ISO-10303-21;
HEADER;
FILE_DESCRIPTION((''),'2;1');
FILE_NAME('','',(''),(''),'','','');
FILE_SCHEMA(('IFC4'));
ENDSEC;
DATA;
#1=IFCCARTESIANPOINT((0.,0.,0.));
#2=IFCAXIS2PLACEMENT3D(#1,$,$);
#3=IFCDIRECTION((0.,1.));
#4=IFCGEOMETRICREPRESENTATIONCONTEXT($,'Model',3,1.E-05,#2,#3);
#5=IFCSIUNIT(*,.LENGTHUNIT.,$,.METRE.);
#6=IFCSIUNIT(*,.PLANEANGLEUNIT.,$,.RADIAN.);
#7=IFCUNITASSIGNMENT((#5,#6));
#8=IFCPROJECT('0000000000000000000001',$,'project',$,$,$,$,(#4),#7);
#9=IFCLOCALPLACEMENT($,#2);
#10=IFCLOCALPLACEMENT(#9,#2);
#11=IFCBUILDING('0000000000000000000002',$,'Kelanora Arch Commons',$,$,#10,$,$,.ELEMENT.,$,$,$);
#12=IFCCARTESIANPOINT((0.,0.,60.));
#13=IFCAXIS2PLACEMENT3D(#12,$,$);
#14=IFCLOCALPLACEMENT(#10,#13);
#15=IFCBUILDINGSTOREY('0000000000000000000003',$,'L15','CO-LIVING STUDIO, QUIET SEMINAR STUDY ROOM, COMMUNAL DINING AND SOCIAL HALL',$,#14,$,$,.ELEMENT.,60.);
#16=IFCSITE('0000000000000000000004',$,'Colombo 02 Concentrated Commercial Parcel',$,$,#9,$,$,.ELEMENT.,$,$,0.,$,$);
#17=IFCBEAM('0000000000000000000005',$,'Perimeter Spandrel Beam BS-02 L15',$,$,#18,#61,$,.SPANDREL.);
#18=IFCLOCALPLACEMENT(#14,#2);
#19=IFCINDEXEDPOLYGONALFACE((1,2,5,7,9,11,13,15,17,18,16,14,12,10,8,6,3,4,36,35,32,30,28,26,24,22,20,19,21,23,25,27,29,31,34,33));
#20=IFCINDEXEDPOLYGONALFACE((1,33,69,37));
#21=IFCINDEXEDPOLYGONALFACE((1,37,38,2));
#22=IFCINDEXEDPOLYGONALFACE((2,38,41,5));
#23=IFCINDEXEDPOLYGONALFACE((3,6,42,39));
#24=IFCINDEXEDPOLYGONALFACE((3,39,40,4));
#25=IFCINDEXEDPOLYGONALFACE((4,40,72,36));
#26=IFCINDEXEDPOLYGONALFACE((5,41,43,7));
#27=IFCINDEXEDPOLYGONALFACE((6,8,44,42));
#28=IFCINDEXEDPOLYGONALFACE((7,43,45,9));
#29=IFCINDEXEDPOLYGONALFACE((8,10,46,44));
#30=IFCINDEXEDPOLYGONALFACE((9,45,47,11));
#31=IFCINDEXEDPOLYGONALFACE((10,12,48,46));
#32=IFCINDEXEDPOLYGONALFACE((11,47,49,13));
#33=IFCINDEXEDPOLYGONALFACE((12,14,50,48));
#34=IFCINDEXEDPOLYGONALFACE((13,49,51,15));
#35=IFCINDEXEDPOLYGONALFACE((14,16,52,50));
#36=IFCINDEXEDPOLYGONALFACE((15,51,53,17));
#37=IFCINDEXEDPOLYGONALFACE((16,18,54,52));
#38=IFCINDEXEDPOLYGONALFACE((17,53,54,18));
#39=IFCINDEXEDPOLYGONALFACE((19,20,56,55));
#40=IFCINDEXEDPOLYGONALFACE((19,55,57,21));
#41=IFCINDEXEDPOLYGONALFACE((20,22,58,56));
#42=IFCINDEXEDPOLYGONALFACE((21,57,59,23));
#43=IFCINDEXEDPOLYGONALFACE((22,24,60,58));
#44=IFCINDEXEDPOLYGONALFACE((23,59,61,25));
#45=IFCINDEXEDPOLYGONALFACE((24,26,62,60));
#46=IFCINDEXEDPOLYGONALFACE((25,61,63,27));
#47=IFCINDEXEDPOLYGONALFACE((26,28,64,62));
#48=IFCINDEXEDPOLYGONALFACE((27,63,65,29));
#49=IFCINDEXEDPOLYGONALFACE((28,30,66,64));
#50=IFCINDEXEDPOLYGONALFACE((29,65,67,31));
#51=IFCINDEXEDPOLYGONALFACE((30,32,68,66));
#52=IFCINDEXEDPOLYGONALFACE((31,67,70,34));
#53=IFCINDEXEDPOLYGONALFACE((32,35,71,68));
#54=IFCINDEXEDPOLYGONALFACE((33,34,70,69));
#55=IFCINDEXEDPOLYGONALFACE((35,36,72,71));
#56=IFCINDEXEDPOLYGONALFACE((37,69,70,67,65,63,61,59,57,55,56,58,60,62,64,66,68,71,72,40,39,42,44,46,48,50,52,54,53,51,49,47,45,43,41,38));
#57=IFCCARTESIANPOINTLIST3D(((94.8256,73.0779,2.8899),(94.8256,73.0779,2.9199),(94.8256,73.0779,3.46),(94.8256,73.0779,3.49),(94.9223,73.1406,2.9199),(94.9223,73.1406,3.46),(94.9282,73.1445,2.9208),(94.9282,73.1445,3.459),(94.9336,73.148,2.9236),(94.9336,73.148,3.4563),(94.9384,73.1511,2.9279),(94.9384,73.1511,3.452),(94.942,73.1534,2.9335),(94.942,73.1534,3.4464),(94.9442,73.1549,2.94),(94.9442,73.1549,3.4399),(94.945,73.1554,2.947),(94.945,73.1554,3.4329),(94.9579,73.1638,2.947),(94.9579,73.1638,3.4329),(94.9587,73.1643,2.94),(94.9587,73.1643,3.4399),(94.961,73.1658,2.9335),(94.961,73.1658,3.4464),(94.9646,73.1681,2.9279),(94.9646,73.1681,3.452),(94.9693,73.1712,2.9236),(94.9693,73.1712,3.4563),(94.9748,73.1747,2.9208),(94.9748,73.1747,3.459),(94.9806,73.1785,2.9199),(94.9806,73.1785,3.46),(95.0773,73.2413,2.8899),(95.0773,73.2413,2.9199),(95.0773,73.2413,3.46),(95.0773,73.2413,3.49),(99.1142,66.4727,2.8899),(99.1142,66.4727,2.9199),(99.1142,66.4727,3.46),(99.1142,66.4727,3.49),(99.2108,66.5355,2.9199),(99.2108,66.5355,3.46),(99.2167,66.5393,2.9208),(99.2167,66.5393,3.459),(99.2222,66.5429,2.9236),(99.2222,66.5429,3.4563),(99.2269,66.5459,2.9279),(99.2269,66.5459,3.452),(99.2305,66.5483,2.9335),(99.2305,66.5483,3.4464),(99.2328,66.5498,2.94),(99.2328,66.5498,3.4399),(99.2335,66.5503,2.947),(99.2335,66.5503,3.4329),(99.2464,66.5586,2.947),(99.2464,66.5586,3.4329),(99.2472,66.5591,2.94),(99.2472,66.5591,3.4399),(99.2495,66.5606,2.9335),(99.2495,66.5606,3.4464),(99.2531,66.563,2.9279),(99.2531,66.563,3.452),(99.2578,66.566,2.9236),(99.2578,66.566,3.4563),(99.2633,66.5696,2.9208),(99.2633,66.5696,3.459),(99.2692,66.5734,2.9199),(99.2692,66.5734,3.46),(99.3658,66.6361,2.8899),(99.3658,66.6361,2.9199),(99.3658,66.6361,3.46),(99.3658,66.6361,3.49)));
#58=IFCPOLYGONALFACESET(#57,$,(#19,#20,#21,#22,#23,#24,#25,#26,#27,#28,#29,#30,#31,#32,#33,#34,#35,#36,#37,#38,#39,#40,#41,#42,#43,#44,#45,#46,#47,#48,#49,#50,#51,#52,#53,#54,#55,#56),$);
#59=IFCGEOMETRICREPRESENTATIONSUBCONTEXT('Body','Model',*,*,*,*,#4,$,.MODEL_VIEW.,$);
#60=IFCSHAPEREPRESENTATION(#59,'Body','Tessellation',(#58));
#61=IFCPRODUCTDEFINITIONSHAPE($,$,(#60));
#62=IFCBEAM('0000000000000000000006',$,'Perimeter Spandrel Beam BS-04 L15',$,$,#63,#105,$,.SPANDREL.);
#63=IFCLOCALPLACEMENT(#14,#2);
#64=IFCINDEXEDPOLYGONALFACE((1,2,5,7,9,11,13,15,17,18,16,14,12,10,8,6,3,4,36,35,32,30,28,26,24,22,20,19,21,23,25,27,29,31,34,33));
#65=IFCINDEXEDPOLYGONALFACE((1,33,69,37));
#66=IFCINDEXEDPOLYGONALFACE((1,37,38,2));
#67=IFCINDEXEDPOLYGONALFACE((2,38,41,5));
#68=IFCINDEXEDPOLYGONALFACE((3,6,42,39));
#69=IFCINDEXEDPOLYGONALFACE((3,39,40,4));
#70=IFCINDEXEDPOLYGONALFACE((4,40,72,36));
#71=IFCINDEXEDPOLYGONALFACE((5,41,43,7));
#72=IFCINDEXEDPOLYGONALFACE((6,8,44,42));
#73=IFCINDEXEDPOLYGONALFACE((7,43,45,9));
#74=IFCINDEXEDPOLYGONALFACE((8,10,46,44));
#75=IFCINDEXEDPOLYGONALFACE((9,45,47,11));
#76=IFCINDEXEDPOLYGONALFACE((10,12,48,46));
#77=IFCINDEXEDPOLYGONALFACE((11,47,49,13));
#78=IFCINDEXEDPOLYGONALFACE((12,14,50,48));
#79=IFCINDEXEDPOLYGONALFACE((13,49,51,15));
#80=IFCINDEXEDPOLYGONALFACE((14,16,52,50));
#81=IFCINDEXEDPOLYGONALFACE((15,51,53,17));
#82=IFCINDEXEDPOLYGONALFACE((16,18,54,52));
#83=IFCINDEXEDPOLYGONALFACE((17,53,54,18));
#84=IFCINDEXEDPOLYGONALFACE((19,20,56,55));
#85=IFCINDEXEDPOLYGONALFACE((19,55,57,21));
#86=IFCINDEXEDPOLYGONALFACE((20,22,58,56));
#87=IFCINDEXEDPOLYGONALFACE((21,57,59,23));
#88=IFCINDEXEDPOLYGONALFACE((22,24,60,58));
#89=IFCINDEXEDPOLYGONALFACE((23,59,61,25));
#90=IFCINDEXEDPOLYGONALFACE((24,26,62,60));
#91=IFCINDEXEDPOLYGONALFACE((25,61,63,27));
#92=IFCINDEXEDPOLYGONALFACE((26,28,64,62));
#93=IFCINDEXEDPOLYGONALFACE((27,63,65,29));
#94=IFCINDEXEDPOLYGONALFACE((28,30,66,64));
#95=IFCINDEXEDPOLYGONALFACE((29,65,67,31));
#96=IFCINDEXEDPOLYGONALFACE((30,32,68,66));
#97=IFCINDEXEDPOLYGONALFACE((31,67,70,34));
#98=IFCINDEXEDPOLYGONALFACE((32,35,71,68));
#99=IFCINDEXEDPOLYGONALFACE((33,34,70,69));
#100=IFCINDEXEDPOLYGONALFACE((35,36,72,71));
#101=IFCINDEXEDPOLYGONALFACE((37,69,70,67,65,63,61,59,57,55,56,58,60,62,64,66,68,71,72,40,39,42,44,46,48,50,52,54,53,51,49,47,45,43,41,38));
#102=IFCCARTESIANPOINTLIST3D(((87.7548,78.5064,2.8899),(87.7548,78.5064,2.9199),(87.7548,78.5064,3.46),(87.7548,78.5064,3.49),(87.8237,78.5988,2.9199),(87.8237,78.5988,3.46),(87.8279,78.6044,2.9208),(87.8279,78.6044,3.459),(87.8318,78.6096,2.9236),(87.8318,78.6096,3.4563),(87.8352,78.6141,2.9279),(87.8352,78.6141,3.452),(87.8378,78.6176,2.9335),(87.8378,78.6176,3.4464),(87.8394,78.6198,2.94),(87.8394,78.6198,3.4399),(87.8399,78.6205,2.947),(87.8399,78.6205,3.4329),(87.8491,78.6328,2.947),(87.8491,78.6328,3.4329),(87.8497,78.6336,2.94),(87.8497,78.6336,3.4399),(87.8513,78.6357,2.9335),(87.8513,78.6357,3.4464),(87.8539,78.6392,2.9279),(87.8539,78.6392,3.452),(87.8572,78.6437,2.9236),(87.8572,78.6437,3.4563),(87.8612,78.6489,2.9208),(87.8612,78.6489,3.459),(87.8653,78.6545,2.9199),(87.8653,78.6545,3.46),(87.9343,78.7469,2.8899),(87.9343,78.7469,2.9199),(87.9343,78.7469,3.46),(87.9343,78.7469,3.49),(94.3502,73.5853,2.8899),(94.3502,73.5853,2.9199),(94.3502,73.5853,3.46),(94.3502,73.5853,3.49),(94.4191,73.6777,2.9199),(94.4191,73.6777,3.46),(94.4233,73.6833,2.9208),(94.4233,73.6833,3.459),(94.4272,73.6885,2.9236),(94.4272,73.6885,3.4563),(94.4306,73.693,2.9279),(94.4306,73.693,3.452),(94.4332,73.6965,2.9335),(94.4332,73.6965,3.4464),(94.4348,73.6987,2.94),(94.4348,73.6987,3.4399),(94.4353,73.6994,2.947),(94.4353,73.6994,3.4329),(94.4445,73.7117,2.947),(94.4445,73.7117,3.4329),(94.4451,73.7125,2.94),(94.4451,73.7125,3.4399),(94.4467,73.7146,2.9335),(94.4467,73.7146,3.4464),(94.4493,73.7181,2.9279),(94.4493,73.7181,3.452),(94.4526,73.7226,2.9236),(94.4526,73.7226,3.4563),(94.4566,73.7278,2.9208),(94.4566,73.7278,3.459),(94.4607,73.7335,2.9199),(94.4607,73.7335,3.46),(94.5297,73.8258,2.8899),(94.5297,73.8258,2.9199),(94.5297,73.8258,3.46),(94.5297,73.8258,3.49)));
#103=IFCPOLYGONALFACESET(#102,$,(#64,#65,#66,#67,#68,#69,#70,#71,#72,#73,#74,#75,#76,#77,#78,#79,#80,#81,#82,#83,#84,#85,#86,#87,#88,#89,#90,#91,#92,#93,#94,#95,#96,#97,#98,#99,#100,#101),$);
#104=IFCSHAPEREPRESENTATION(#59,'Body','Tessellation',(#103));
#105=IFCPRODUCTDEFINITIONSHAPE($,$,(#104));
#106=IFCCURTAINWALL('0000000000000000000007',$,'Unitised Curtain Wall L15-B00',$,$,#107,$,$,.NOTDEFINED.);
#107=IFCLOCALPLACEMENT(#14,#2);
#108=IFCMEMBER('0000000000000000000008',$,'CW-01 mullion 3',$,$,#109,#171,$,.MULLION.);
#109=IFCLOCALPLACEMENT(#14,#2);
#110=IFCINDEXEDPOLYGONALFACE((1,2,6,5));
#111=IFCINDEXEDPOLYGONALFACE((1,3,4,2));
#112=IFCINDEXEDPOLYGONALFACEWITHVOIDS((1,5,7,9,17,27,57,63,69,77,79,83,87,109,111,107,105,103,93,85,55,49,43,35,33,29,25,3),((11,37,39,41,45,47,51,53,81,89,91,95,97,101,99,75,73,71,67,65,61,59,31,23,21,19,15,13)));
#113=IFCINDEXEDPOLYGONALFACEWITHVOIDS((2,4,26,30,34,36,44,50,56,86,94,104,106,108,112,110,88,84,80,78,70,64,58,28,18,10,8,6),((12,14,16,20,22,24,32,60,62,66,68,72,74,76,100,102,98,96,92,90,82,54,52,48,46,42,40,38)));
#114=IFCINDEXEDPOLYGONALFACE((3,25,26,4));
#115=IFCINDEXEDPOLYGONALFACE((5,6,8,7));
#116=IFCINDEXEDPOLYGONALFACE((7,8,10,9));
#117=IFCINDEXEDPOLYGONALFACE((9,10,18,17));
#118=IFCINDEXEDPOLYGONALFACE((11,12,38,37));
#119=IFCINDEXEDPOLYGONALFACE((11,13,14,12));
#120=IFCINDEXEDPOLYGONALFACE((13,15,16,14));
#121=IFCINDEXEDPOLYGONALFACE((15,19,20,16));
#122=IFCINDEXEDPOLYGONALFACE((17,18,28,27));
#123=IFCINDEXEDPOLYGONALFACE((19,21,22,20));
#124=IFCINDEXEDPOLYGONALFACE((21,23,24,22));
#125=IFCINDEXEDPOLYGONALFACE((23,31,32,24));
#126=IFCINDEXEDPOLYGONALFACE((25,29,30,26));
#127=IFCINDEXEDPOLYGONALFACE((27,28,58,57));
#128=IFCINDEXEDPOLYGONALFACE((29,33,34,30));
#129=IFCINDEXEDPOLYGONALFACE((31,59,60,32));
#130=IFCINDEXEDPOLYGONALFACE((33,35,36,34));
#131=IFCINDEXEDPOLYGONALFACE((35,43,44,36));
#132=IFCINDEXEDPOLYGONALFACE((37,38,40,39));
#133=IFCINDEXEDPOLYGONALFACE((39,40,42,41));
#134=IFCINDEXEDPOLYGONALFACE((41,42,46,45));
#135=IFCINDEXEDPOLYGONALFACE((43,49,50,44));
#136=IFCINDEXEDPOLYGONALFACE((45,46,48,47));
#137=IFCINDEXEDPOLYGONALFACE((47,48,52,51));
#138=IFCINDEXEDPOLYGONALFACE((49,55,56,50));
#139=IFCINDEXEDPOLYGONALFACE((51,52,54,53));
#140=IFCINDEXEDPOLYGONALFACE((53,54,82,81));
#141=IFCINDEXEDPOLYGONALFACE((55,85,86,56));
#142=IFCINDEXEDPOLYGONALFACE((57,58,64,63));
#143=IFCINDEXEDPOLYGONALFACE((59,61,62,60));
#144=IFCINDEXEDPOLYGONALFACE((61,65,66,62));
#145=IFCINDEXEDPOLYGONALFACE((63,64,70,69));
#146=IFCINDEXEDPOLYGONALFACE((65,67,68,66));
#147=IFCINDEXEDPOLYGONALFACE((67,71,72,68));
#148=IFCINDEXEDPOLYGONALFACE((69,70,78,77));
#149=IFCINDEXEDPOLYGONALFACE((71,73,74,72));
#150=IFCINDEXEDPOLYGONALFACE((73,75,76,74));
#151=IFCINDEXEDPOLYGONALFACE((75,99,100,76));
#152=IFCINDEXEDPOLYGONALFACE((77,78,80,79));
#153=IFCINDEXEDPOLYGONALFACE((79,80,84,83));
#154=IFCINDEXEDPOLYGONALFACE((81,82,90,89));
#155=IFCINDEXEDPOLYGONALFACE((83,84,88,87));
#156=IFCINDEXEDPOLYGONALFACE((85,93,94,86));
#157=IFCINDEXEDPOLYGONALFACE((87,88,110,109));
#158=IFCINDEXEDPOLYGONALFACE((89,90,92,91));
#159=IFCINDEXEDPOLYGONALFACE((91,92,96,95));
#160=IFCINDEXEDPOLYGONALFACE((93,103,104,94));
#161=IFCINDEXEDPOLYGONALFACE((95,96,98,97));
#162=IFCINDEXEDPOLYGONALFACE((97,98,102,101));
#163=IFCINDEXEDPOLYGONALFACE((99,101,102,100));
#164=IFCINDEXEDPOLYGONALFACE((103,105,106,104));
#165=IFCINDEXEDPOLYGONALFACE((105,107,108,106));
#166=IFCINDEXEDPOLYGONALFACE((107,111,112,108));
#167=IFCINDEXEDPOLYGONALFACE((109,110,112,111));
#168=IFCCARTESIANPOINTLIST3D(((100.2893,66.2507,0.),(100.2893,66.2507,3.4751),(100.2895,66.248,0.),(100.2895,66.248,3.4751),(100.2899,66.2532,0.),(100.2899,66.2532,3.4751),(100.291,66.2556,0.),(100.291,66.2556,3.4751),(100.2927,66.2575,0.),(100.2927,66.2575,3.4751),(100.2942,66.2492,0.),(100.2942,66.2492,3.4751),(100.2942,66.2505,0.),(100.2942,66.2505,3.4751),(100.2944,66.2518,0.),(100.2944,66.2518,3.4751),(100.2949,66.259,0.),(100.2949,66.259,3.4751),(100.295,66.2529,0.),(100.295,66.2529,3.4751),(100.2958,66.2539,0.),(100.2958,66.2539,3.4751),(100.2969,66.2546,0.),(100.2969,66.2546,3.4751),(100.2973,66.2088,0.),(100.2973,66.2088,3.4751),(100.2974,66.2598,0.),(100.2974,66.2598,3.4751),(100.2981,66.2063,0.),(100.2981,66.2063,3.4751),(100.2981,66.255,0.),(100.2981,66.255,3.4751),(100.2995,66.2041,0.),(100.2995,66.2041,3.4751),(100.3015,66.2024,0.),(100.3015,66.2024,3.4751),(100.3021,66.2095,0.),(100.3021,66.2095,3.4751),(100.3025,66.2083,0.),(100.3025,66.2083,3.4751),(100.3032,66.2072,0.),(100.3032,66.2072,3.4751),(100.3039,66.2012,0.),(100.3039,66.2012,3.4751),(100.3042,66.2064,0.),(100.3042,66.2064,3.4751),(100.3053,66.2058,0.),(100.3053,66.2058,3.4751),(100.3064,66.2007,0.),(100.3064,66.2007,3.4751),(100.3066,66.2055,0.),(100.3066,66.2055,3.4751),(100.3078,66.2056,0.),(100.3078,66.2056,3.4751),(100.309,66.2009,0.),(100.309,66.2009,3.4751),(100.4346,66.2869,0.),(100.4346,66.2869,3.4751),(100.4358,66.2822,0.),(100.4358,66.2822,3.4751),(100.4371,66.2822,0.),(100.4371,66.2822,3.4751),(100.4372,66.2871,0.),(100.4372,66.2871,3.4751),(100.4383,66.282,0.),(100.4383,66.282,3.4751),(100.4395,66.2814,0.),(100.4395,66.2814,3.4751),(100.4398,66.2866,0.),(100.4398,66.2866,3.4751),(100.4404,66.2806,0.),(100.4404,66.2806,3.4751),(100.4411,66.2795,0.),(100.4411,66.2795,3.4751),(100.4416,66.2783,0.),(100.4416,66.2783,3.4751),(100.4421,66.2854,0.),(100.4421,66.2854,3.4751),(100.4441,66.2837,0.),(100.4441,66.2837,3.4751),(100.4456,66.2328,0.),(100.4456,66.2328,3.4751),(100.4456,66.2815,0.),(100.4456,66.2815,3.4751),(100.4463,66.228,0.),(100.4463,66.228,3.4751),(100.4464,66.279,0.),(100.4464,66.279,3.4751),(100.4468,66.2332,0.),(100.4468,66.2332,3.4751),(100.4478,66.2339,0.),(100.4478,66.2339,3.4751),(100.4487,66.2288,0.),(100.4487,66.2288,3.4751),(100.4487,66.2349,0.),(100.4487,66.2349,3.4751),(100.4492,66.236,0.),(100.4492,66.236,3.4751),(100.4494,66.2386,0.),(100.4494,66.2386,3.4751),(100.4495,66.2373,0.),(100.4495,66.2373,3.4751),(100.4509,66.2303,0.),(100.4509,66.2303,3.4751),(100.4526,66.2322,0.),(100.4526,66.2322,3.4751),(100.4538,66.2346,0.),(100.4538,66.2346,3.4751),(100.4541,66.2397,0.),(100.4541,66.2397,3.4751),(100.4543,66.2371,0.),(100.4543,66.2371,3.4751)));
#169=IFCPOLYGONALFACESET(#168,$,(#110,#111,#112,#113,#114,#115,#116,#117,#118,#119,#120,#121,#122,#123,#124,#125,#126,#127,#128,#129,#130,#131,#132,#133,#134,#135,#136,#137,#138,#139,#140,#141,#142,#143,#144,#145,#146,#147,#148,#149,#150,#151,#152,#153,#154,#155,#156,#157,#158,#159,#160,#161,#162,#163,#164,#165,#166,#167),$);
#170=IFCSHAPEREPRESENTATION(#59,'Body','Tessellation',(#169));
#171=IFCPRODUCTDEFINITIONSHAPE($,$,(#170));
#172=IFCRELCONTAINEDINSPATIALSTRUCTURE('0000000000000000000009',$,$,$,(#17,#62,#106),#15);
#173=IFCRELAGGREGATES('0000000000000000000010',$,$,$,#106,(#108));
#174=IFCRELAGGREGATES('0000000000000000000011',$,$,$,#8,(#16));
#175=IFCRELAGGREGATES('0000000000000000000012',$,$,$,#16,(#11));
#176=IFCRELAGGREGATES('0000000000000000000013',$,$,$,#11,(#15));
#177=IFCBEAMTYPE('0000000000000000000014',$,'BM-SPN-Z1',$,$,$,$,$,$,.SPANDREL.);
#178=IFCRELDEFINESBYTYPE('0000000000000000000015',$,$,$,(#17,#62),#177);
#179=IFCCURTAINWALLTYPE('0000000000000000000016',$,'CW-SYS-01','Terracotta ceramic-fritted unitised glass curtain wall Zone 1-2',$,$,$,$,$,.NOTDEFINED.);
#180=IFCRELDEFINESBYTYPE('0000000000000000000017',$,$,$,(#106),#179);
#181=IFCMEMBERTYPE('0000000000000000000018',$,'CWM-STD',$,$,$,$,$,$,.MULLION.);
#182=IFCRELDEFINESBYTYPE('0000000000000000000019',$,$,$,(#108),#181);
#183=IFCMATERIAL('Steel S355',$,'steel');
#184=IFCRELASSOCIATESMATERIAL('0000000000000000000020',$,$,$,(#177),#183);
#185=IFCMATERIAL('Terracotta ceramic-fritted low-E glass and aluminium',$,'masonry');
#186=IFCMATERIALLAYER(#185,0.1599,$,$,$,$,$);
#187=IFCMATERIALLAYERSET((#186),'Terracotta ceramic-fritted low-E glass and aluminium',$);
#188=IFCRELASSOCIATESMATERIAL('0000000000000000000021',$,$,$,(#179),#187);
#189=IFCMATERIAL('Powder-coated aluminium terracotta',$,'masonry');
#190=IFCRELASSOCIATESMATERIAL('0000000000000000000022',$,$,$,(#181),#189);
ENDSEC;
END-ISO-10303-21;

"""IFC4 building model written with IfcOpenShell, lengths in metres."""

from ifc_helpers import new_model, si_unit, direction, frame, origin, origin_2d, place, context, subcontext, project, spatial, hollow_rectangle, i_section, extrude, material, layer, layer_set, material_profile, profile_set, type_object, element, aggregate, save


model = new_model("IFC4")

# Units and contexts
model_context = context("Model", 3, precision=1e-05, world=origin(), true_north=direction((0.0, 1.0)))
body_context = subcontext(model_context, "Body", "Model", "MODEL_VIEW")
ifc_project = project(units=[si_unit("LENGTHUNIT", "METRE"), si_unit("PLANEANGLEUNIT", "RADIAN")], contexts=[model_context])

# Site, building, storey
site_placement = place(None, origin())
site = spatial("IfcSite", under=ifc_project, at=site_placement, Name="Colombo 02 Concentrated Commercial Parcel", CompositionType="ELEMENT", RefElevation=0.0)
building_placement = place(site_placement, origin())
building = spatial("IfcBuilding", under=site, at=building_placement, Name="Kelanora Arch Commons", CompositionType="ELEMENT")
storey_placement = place(building_placement, frame((0.0, 0.0, 60.0)))
storey = spatial("IfcBuildingStorey", under=building, at=storey_placement, Name="L15", Description="CO-LIVING STUDIO, QUIET SEMINAR STUDY ROOM, COMMUNAL DINING AND SOCIAL HALL", CompositionType="ELEMENT", Elevation=60.0)

# Beams
ifc_material_1 = material(Name="Steel S355", Category="steel")
ifc_material_profile_1 = material_profile(ifc_material_1, i_section(OverallWidth=0.3, OverallDepth=0.6001, WebThickness=0.0154, FlangeThickness=0.03, FilletRadius=0.0271, at=origin_2d()), Name="HEB600")
ifc_profile_set_1 = profile_set([ifc_material_profile_1], Name="Steel S355")
beam_type_1 = type_object("IfcBeamType", Name="BM-SPN-Z1", PredefinedType="SPANDREL", material=ifc_profile_set_1)
beam_1_placement = place(storey_placement, frame((99.24, 66.5544, 3.1899), z_axis=(-0.544558, 0.838723, 0.0), x_axis=(-0.838723, -0.544558, 0.0)))
element("IfcBeam", 1, at=beam_1_placement, inside=storey, type_object=beam_type_1, Name="Perimeter Spandrel Beam BS-02 L15", PredefinedType="SPANDREL", context=body_context, shape_type="SweptSolid", body=[
    extrude(i_section(OverallWidth=0.3, OverallDepth=0.6001, WebThickness=0.0154, FlangeThickness=0.03, FilletRadius=0.0271, at=origin_2d()), origin(), (0.0, 0.0, 1.0), 7.8752),
])
beam_2_placement = place(storey_placement, frame((94.4399, 73.7056, 3.1899), z_axis=(-0.801482, 0.598019, 0.0), x_axis=(-0.598019, -0.801482, 0.0)))
element("IfcBeam", 2, at=beam_2_placement, inside=storey, type_object=beam_type_1, Name="Perimeter Spandrel Beam BS-04 L15", PredefinedType="SPANDREL", context=body_context, shape_type="SweptSolid", body=[
    extrude(i_section(OverallWidth=0.3, OverallDepth=0.6001, WebThickness=0.0154, FlangeThickness=0.03, FilletRadius=0.0271, at=origin_2d()), origin(), (0.0, 0.0, 1.0), 8.229),
])

# Curtain wall, member
ifc_material_2 = material(Name="Terracotta ceramic-fritted low-E glass and aluminium", Category="masonry")
ifc_layer_1 = layer(ifc_material_2, 0.1599)
ifc_layer_set_1 = layer_set([ifc_layer_1], Name="Terracotta ceramic-fritted low-E glass and aluminium")
curtain_wall_type = type_object("IfcCurtainWallType", Name="CW-SYS-01", Description="Terracotta ceramic-fritted unitised glass curtain wall Zone 1-2", PredefinedType="NOTDEFINED", material=ifc_layer_set_1)
curtain_wall_1_placement = place(storey_placement, origin())
curtain_wall_1 = element("IfcCurtainWall", 3, at=curtain_wall_1_placement, inside=storey, type_object=curtain_wall_type, Name="Unitised Curtain Wall L15-B00", PredefinedType="NOTDEFINED")
ifc_material_3 = material(Name="Powder-coated aluminium terracotta", Category="masonry")
ifc_material_profile_2 = material_profile(ifc_material_3, hollow_rectangle(XDim=0.1599, YDim=0.0601, WallThickness=0.0049, InnerFilletRadius=0.0049, OuterFilletRadius=0.01, at=origin_2d()), Name="CWM160x60")
ifc_profile_set_2 = profile_set([ifc_material_profile_2], Name="Powder-coated aluminium terracotta")
member_type = type_object("IfcMemberType", Name="CWM-STD", PredefinedType="MULLION", material=ifc_profile_set_2)
member_1_placement = place(storey_placement, frame((100.3718, 66.2439, 0.0), z_axis=(0.0, 0.0, 1.0), x_axis=(-0.981052, -0.193744, 0.0)))
member_1 = element("IfcMember", 4, at=member_1_placement, type_object=member_type, Name="CW-01 mullion 3", PredefinedType="MULLION", context=body_context, shape_type="SweptSolid", body=[
    extrude(hollow_rectangle(XDim=0.1599, YDim=0.0601, WallThickness=0.0049, InnerFilletRadius=0.0049, OuterFilletRadius=0.01, at=origin_2d()), origin(), (0.0, 0.0, 1.0), 3.4751),
])

aggregate(curtain_wall_1, [member_1])

save(model, "model.ifc")
